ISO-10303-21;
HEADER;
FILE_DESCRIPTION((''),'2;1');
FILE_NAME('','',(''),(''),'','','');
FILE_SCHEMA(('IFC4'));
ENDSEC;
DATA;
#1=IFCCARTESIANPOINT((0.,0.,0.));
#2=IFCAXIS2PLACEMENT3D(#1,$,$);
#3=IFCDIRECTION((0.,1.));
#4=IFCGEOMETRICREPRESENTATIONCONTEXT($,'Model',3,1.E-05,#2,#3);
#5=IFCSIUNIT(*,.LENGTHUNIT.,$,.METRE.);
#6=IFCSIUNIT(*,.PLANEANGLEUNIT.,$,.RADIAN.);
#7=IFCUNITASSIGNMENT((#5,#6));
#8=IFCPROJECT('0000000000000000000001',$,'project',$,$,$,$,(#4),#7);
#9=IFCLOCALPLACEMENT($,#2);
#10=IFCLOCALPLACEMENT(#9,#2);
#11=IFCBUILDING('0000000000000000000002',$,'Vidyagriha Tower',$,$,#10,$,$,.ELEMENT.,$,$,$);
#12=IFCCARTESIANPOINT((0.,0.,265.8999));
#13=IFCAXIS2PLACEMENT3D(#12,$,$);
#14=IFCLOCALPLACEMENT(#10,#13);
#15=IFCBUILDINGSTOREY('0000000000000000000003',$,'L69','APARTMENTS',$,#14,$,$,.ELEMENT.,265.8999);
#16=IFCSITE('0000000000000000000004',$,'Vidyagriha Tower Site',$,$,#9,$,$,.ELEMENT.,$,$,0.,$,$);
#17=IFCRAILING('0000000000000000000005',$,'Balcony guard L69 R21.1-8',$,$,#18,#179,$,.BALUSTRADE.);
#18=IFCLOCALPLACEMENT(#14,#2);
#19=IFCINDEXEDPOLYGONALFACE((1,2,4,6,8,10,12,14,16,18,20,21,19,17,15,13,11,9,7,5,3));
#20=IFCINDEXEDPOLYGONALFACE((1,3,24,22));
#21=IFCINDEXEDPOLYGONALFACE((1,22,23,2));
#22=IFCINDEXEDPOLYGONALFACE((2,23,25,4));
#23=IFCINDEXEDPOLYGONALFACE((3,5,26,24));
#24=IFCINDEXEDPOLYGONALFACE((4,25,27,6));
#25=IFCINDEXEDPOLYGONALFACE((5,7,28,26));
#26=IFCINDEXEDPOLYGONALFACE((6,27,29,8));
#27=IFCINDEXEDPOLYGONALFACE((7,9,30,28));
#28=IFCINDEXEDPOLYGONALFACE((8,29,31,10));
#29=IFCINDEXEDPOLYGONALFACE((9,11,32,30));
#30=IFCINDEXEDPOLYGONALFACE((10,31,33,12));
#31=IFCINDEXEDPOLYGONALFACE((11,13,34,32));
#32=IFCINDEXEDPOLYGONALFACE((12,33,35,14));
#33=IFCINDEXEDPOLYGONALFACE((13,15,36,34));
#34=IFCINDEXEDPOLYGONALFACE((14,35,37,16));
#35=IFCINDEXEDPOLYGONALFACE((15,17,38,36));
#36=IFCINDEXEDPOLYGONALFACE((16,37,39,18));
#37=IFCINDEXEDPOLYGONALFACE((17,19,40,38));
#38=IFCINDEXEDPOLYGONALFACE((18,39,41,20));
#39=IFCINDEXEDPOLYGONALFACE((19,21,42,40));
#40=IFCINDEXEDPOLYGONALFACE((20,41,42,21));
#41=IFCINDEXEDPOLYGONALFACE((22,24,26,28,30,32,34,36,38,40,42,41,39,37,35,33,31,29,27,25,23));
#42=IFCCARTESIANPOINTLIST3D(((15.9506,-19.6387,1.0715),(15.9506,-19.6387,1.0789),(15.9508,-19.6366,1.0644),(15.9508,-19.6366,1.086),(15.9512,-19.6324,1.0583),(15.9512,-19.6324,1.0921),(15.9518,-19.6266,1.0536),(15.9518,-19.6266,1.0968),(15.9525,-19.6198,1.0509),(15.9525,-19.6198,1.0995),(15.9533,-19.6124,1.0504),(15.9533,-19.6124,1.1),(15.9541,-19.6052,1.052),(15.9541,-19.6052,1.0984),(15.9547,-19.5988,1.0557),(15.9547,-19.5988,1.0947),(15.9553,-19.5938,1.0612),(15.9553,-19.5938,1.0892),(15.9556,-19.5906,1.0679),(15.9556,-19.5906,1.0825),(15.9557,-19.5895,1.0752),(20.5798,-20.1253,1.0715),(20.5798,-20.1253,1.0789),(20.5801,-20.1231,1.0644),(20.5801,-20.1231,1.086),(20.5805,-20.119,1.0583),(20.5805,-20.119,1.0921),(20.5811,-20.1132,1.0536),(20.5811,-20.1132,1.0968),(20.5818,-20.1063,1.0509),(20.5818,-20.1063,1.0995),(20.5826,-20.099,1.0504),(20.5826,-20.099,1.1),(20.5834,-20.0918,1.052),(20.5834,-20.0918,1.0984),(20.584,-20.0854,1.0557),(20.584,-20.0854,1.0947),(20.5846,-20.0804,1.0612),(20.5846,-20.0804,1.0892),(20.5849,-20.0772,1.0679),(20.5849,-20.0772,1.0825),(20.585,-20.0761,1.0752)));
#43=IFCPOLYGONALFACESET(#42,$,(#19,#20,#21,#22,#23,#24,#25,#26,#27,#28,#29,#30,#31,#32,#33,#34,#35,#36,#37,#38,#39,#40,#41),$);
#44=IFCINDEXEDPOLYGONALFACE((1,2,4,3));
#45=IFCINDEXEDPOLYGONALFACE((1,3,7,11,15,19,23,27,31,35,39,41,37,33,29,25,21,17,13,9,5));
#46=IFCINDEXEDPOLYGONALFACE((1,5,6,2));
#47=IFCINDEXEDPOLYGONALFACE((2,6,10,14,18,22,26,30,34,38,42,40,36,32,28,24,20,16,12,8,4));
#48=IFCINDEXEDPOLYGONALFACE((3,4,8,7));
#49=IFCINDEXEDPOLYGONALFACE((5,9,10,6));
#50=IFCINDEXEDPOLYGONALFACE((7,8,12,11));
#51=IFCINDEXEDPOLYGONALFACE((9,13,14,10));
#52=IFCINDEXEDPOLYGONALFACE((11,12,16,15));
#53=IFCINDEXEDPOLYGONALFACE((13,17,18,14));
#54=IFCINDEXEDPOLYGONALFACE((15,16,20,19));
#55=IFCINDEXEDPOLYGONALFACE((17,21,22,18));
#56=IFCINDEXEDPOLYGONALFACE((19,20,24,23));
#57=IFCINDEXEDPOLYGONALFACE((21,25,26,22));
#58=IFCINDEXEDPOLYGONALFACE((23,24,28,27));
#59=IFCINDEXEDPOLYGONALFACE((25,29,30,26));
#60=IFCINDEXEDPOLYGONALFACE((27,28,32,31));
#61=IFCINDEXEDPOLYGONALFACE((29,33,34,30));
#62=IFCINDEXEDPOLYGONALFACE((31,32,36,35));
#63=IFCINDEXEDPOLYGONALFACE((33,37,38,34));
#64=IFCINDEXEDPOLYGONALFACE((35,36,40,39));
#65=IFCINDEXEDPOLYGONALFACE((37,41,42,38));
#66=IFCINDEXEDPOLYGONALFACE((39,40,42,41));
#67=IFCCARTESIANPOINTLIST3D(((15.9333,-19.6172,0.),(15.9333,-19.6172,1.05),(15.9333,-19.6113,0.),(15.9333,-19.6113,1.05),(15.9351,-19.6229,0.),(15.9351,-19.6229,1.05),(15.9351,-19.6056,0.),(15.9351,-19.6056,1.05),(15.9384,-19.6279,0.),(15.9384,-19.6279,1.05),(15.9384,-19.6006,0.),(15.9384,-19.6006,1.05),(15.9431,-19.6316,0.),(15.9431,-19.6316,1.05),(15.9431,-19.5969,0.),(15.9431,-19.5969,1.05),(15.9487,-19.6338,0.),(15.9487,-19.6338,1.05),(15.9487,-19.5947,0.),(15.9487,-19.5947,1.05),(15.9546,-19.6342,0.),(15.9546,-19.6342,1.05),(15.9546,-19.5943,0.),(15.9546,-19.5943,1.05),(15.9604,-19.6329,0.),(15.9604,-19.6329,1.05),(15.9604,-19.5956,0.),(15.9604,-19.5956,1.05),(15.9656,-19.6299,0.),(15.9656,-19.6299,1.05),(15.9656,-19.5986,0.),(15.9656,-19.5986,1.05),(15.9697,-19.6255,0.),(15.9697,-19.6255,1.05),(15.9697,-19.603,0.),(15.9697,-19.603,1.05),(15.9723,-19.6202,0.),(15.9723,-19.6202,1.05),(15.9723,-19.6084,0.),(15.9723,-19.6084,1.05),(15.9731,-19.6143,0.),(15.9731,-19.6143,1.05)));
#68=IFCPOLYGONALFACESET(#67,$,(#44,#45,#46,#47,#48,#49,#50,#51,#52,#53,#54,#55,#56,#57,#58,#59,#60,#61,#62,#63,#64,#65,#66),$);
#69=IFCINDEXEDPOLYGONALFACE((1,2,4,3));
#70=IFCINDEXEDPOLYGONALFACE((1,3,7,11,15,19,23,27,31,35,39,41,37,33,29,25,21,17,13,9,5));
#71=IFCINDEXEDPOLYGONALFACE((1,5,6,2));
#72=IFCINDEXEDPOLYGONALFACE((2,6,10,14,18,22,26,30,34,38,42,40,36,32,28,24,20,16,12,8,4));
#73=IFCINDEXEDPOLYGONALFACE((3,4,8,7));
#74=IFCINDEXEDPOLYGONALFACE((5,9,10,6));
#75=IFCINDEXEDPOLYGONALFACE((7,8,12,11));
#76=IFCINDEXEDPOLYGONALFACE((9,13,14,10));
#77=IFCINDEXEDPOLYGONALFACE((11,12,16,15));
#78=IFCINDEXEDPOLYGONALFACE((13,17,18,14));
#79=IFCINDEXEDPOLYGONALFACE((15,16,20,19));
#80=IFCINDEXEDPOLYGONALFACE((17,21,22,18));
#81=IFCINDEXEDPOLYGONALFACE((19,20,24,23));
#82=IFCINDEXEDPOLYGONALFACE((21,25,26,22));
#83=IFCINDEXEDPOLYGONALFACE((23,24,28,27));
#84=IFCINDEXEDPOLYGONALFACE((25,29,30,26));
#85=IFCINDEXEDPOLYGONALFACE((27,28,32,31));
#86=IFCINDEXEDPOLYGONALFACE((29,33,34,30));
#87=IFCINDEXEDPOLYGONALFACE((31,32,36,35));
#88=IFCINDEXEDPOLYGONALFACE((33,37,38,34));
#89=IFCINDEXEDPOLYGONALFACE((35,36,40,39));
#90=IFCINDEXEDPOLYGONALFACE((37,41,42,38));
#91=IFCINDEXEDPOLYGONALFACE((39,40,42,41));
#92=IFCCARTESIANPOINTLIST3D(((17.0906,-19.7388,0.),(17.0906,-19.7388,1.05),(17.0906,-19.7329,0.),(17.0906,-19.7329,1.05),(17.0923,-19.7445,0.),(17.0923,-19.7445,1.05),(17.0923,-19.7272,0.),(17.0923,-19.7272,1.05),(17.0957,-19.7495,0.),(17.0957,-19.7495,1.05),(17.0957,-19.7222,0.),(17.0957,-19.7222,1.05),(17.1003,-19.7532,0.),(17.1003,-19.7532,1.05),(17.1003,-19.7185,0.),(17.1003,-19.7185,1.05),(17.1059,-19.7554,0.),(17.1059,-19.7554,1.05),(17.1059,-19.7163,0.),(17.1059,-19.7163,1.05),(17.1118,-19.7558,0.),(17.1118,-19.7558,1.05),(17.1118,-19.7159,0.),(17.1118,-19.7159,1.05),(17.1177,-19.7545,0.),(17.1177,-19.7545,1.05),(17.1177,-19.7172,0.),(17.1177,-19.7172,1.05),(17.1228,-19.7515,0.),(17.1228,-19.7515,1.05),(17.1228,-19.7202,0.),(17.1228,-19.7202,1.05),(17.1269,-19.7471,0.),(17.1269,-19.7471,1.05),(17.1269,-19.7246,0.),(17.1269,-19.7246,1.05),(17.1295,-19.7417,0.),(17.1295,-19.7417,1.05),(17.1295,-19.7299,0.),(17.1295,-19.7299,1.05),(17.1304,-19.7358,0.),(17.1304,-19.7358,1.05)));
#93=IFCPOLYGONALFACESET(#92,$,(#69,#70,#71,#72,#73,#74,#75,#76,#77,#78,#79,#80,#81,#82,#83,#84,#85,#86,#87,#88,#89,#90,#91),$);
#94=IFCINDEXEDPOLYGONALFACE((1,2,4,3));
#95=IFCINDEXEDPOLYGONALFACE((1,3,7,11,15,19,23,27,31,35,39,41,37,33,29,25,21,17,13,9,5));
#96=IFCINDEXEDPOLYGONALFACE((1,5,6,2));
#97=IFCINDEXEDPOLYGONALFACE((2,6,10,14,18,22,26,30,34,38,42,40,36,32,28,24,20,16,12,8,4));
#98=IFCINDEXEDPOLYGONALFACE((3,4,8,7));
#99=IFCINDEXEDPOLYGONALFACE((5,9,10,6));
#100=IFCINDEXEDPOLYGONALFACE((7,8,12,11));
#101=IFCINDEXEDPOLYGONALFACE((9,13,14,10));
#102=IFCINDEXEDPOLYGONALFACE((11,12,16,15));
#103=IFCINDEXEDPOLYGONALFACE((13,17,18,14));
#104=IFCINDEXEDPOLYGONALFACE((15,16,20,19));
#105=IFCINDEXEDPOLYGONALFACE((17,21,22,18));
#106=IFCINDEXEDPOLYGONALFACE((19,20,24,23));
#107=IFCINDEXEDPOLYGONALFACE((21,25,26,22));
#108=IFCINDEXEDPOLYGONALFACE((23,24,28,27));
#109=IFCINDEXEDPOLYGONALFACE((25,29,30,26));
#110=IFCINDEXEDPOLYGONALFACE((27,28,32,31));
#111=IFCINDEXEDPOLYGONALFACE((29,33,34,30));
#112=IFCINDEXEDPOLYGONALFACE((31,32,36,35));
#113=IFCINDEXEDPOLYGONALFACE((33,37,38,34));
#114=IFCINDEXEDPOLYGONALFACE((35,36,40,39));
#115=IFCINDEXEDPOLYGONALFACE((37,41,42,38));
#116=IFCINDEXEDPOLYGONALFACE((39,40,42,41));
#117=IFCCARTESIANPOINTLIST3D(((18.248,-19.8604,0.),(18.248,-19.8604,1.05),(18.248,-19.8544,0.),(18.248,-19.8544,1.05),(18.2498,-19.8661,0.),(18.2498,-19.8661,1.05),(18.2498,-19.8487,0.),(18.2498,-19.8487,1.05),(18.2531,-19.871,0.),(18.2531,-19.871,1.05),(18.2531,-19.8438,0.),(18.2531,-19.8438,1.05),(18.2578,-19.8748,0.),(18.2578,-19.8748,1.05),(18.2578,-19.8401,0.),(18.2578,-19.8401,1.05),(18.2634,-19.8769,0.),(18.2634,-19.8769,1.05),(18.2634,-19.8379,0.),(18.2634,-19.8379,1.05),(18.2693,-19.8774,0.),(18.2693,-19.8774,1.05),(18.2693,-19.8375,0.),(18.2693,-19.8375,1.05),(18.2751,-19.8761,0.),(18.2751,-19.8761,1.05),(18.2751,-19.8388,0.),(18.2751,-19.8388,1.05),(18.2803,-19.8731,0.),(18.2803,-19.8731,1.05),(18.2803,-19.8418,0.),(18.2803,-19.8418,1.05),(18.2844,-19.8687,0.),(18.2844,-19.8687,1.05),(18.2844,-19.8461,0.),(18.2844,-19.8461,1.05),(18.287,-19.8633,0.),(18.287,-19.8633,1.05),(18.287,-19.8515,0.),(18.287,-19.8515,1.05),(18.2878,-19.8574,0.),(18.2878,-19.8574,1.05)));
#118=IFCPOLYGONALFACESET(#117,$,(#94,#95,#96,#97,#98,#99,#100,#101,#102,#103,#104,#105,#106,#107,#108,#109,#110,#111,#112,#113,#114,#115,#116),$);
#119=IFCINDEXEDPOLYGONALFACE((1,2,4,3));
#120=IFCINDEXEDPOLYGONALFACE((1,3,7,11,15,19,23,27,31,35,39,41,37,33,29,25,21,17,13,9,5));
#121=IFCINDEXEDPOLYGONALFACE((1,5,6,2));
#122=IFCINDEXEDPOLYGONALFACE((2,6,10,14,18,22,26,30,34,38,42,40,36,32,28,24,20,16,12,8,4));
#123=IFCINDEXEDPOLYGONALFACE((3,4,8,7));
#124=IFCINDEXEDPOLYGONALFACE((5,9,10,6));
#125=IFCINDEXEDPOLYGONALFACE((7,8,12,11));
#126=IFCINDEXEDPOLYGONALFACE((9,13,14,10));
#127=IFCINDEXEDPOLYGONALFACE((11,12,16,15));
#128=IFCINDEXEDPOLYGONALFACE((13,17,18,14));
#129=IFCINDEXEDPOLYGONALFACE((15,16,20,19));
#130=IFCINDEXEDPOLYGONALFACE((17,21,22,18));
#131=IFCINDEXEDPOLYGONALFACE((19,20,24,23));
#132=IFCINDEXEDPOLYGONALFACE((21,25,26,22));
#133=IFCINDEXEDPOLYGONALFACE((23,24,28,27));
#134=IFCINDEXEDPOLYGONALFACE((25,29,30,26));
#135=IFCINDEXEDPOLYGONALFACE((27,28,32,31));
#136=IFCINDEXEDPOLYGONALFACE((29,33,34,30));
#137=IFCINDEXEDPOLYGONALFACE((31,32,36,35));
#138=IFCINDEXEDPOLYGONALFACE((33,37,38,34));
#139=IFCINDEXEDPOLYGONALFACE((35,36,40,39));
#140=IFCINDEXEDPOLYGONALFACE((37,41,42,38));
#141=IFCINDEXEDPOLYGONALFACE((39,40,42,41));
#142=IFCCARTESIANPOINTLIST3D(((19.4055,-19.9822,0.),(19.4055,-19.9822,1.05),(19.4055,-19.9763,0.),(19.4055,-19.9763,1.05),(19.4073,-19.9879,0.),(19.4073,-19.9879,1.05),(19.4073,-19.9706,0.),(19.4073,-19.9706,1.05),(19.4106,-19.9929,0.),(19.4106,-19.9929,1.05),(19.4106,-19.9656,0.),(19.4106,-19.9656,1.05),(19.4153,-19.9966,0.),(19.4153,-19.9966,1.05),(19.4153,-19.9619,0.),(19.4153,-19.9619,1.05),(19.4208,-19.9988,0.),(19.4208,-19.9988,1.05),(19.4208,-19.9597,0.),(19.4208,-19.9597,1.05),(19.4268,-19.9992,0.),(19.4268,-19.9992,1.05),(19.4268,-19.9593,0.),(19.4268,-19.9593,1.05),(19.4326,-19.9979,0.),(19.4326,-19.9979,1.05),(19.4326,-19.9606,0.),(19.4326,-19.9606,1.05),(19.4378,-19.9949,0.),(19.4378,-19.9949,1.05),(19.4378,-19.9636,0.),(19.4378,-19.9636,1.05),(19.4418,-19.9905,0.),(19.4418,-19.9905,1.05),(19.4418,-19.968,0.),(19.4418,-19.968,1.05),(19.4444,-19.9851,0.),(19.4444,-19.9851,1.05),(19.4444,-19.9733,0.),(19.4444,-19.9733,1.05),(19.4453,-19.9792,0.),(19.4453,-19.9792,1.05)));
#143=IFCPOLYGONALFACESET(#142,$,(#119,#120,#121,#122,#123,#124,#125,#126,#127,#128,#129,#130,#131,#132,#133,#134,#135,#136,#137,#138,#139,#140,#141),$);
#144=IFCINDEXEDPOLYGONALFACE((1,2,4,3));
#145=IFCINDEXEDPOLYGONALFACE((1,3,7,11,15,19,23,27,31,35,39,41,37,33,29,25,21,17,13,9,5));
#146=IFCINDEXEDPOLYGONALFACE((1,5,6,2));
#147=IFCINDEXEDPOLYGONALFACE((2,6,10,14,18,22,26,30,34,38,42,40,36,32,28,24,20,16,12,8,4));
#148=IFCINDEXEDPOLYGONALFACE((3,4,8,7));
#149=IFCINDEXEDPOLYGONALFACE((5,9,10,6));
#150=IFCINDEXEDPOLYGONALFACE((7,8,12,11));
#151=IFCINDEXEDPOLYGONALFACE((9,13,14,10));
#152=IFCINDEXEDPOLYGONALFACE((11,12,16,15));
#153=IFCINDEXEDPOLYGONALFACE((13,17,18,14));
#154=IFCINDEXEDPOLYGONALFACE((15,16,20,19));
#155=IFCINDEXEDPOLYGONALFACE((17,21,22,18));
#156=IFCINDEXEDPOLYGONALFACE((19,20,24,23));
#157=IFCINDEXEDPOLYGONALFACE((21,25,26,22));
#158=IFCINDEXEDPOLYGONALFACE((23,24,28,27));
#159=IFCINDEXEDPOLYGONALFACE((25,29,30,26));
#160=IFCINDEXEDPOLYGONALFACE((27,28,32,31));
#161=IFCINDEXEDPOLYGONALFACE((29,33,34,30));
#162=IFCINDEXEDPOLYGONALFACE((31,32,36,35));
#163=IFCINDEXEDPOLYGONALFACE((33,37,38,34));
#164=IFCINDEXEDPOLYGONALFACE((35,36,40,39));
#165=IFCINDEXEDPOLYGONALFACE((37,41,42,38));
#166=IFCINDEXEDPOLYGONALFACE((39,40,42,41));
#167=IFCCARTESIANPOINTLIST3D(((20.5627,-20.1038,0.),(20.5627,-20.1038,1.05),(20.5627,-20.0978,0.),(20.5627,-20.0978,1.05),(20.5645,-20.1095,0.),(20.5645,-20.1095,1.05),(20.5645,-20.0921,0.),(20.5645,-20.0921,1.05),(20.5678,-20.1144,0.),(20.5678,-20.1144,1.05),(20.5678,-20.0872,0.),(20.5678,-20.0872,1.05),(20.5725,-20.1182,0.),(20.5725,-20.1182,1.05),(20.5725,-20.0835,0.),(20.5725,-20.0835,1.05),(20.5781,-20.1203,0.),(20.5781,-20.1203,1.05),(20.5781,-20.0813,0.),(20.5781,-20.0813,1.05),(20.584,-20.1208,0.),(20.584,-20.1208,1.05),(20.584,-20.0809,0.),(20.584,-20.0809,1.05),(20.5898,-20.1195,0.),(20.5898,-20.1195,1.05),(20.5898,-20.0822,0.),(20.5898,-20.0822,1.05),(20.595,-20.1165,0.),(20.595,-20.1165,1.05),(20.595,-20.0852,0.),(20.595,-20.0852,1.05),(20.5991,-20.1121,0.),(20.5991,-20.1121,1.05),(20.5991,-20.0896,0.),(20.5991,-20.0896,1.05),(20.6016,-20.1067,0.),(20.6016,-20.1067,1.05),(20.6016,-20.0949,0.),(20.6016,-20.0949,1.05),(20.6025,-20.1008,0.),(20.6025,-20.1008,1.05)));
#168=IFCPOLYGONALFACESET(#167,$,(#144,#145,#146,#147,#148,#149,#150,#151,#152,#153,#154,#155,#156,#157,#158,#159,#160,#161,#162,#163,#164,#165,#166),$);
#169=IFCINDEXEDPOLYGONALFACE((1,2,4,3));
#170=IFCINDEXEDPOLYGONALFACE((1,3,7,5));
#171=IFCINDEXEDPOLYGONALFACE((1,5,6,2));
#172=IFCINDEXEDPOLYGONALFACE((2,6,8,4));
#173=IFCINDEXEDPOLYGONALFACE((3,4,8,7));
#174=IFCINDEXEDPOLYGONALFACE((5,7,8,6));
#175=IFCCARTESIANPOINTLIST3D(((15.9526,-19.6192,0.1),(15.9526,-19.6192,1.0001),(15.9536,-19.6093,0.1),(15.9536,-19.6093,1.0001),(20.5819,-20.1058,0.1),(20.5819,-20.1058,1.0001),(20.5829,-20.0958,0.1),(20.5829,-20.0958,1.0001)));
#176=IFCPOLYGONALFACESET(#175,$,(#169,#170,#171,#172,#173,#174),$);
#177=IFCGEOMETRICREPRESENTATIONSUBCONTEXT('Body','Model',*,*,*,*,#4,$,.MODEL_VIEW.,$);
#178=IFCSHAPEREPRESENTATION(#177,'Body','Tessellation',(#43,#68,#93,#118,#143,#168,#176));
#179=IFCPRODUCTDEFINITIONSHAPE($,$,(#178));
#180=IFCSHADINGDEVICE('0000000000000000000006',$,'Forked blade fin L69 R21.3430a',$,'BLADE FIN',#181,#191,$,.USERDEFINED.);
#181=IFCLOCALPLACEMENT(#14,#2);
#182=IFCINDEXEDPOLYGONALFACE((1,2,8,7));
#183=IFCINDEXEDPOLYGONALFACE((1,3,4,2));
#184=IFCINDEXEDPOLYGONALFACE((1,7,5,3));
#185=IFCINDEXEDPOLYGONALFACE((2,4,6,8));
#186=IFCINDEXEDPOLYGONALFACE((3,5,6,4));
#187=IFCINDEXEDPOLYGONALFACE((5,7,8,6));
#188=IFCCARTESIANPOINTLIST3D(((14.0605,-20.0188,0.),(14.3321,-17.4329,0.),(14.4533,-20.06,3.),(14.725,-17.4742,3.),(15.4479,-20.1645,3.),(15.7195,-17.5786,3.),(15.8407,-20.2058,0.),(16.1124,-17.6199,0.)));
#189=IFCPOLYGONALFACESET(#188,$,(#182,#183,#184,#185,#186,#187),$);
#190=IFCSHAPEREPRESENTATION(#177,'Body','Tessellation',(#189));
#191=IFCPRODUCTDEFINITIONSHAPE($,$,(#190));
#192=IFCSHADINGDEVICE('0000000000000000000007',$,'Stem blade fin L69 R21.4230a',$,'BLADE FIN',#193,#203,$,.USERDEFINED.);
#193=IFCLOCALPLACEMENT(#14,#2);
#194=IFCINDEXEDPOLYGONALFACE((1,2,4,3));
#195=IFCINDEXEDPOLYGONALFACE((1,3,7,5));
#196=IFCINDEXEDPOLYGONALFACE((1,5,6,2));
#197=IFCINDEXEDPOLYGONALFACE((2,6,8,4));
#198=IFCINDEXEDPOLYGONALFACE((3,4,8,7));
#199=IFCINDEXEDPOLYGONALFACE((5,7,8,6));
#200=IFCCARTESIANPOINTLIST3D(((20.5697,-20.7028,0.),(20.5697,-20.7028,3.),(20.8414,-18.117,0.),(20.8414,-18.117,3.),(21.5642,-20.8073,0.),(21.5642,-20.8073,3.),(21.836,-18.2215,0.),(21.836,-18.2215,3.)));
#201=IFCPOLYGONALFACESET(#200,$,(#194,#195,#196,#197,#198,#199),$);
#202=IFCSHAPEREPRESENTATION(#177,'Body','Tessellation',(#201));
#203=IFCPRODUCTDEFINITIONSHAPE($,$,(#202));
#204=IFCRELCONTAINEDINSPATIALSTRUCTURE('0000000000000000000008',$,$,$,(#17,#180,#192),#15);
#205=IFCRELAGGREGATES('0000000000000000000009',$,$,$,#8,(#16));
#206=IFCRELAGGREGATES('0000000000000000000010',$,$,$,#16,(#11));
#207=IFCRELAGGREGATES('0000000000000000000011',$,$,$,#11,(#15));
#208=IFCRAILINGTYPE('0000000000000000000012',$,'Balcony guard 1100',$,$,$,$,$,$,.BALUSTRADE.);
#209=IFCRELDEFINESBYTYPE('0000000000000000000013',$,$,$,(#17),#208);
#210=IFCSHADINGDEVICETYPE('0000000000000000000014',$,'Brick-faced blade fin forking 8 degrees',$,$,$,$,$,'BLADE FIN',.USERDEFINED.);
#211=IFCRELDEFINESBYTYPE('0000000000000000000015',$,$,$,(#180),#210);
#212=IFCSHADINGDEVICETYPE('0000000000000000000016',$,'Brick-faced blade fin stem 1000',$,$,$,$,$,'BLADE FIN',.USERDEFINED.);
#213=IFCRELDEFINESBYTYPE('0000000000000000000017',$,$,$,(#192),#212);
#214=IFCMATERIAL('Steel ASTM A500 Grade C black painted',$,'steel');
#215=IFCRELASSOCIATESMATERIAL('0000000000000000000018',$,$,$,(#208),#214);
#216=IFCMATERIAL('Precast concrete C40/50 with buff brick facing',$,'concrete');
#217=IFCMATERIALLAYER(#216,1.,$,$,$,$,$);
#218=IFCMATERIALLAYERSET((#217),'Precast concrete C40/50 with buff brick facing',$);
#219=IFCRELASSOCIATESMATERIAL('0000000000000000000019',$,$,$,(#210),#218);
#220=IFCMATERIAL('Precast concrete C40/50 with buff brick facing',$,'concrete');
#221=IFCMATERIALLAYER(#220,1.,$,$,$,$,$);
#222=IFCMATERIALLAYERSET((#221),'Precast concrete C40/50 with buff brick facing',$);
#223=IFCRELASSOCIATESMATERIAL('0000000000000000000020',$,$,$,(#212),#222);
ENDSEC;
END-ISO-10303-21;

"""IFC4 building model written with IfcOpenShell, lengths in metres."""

from ifc_helpers import new_model, si_unit, direction, frame, origin, origin_2d, place, context, subcontext, project, spatial, polyline, rectangle, circle, outline, extrude, material, layer, layer_set, type_object, element, save


model = new_model("IFC4")

# Units and contexts
model_context = context("Model", 3, precision=1e-05, world=origin(), true_north=direction((0.0, 1.0)))
body_context = subcontext(model_context, "Body", "Model", "MODEL_VIEW")
ifc_project = project(units=[si_unit("LENGTHUNIT", "METRE"), si_unit("PLANEANGLEUNIT", "RADIAN")], contexts=[model_context])

# Site, building, storey
site_placement = place(None, origin())
site = spatial("IfcSite", under=ifc_project, at=site_placement, Name="Vidyagriha Tower Site", CompositionType="ELEMENT", RefElevation=0.0)
building_placement = place(site_placement, origin())
building = spatial("IfcBuilding", under=site, at=building_placement, Name="Vidyagriha Tower", CompositionType="ELEMENT")
storey_placement = place(building_placement, frame((0.0, 0.0, 265.8999)))
storey = spatial("IfcBuildingStorey", under=building, at=storey_placement, Name="L69", Description="APARTMENTS", CompositionType="ELEMENT", Elevation=265.8999)

# Railing
ifc_material_1 = material(Name="Steel ASTM A500 Grade C black painted", Category="steel")
railing_type = type_object("IfcRailingType", Name="Balcony guard 1100", PredefinedType="BALUSTRADE", material=ifc_material_1)
railing_placement = place(storey_placement, frame((15.9531, -19.6143, 0.0)))
element("IfcRailing", 1, at=railing_placement, inside=storey, type_object=railing_type, Name="Balcony guard L69 R21.1-8", PredefinedType="BALUSTRADE", context=body_context, shape_type="SweptSolid", body=[
    extrude(circle(Radius=0.0249, at=origin_2d()), frame((0.0, 0.0, 1.0752), z_axis=(0.994522, -0.104529, 0.0), x_axis=(0.104529, 0.994522, 0.0)), (0.0, 0.0, 1.0), 4.6548),
    extrude(circle(Radius=0.02, at=origin_2d()), origin(), (0.0, 0.0, 1.0), 1.05),
    extrude(circle(Radius=0.02, at=origin_2d()), frame((1.1572, -0.1216, 0.0)), (0.0, 0.0, 1.0), 1.05),
    extrude(circle(Radius=0.02, at=origin_2d()), frame((2.3147, -0.2432, 0.0)), (0.0, 0.0, 1.0), 1.05),
    extrude(circle(Radius=0.02, at=origin_2d()), frame((3.4722, -0.365, 0.0)), (0.0, 0.0, 1.0), 1.05),
    extrude(circle(Radius=0.02, at=origin_2d()), frame((4.6294, -0.4866, 0.0)), (0.0, 0.0, 1.0), 1.05),
    extrude(rectangle(XDim=0.01, YDim=0.9001, at=origin_2d()), frame((0.0, 0.0, 0.55), z_axis=(0.994522, -0.104529, 0.0), x_axis=(0.104529, 0.994522, 0.0)), (0.0, 0.0, 1.0), 4.6548),
])

# Shading devices
ifc_material_2 = material(Name="Precast concrete C40/50 with buff brick facing", Category="concrete")
ifc_layer_1 = layer(ifc_material_2, 1.0)
ifc_layer_set_1 = layer_set([ifc_layer_1], Name="Precast concrete C40/50 with buff brick facing")
shading_device_type_1 = type_object("IfcShadingDeviceType", Name="Brick-faced blade fin forking 8 degrees", ElementType="BLADE FIN", PredefinedType="USERDEFINED", material=ifc_layer_set_1)
shading_device_1_placement = place(storey_placement, frame((14.1963, -18.7258, 0.0), z_axis=(0.0, 0.0, 1.0), x_axis=(0.994528, -0.104472, 0.0)))
element("IfcShadingDevice", 2, at=shading_device_1_placement, inside=storey, type_object=shading_device_type_1, Name="Forked blade fin L69 R21.3430a", ObjectType="BLADE FIN", PredefinedType="USERDEFINED", context=body_context, shape_type="SweptSolid", body=[
    extrude(outline(polyline([(0.0, 0.0), (1.79, 0.0), (1.395, 3.0), (0.395, 3.0), (0.0, 0.0)])), frame((0.0, 1.3, 0.0), z_axis=(0.0, -1.0, 0.0), x_axis=(1.0, 0.0, 0.0)), (0.0, 0.0, 1.0), 2.6001),
])
ifc_material_3 = material(Name="Precast concrete C40/50 with buff brick facing", Category="concrete")
ifc_layer_2 = layer(ifc_material_3, 1.0)
ifc_layer_set_2 = layer_set([ifc_layer_2], Name="Precast concrete C40/50 with buff brick facing")
shading_device_type_2 = type_object("IfcShadingDeviceType", Name="Brick-faced blade fin stem 1000", ElementType="BLADE FIN", PredefinedType="USERDEFINED", material=ifc_layer_set_2)
shading_device_2_placement = place(storey_placement, frame((20.7056, -19.4099, 0.0), z_axis=(0.0, 0.0, 1.0), x_axis=(0.994524, -0.104507, 0.0)))
element("IfcShadingDevice", 3, at=shading_device_2_placement, inside=storey, type_object=shading_device_type_2, Name="Stem blade fin L69 R21.4230a", ObjectType="BLADE FIN", PredefinedType="USERDEFINED", context=body_context, shape_type="SweptSolid", body=[
    extrude(outline(polyline([(0.0, 0.0), (1.0, 0.0), (1.0, 3.0), (0.0, 3.0), (0.0, 0.0)])), frame((0.0, 1.3, 0.0), z_axis=(0.0, -1.0, 0.0), x_axis=(1.0, 0.0, 0.0)), (0.0, 0.0, 1.0), 2.6001),
])

save(model, "model.ifc")
